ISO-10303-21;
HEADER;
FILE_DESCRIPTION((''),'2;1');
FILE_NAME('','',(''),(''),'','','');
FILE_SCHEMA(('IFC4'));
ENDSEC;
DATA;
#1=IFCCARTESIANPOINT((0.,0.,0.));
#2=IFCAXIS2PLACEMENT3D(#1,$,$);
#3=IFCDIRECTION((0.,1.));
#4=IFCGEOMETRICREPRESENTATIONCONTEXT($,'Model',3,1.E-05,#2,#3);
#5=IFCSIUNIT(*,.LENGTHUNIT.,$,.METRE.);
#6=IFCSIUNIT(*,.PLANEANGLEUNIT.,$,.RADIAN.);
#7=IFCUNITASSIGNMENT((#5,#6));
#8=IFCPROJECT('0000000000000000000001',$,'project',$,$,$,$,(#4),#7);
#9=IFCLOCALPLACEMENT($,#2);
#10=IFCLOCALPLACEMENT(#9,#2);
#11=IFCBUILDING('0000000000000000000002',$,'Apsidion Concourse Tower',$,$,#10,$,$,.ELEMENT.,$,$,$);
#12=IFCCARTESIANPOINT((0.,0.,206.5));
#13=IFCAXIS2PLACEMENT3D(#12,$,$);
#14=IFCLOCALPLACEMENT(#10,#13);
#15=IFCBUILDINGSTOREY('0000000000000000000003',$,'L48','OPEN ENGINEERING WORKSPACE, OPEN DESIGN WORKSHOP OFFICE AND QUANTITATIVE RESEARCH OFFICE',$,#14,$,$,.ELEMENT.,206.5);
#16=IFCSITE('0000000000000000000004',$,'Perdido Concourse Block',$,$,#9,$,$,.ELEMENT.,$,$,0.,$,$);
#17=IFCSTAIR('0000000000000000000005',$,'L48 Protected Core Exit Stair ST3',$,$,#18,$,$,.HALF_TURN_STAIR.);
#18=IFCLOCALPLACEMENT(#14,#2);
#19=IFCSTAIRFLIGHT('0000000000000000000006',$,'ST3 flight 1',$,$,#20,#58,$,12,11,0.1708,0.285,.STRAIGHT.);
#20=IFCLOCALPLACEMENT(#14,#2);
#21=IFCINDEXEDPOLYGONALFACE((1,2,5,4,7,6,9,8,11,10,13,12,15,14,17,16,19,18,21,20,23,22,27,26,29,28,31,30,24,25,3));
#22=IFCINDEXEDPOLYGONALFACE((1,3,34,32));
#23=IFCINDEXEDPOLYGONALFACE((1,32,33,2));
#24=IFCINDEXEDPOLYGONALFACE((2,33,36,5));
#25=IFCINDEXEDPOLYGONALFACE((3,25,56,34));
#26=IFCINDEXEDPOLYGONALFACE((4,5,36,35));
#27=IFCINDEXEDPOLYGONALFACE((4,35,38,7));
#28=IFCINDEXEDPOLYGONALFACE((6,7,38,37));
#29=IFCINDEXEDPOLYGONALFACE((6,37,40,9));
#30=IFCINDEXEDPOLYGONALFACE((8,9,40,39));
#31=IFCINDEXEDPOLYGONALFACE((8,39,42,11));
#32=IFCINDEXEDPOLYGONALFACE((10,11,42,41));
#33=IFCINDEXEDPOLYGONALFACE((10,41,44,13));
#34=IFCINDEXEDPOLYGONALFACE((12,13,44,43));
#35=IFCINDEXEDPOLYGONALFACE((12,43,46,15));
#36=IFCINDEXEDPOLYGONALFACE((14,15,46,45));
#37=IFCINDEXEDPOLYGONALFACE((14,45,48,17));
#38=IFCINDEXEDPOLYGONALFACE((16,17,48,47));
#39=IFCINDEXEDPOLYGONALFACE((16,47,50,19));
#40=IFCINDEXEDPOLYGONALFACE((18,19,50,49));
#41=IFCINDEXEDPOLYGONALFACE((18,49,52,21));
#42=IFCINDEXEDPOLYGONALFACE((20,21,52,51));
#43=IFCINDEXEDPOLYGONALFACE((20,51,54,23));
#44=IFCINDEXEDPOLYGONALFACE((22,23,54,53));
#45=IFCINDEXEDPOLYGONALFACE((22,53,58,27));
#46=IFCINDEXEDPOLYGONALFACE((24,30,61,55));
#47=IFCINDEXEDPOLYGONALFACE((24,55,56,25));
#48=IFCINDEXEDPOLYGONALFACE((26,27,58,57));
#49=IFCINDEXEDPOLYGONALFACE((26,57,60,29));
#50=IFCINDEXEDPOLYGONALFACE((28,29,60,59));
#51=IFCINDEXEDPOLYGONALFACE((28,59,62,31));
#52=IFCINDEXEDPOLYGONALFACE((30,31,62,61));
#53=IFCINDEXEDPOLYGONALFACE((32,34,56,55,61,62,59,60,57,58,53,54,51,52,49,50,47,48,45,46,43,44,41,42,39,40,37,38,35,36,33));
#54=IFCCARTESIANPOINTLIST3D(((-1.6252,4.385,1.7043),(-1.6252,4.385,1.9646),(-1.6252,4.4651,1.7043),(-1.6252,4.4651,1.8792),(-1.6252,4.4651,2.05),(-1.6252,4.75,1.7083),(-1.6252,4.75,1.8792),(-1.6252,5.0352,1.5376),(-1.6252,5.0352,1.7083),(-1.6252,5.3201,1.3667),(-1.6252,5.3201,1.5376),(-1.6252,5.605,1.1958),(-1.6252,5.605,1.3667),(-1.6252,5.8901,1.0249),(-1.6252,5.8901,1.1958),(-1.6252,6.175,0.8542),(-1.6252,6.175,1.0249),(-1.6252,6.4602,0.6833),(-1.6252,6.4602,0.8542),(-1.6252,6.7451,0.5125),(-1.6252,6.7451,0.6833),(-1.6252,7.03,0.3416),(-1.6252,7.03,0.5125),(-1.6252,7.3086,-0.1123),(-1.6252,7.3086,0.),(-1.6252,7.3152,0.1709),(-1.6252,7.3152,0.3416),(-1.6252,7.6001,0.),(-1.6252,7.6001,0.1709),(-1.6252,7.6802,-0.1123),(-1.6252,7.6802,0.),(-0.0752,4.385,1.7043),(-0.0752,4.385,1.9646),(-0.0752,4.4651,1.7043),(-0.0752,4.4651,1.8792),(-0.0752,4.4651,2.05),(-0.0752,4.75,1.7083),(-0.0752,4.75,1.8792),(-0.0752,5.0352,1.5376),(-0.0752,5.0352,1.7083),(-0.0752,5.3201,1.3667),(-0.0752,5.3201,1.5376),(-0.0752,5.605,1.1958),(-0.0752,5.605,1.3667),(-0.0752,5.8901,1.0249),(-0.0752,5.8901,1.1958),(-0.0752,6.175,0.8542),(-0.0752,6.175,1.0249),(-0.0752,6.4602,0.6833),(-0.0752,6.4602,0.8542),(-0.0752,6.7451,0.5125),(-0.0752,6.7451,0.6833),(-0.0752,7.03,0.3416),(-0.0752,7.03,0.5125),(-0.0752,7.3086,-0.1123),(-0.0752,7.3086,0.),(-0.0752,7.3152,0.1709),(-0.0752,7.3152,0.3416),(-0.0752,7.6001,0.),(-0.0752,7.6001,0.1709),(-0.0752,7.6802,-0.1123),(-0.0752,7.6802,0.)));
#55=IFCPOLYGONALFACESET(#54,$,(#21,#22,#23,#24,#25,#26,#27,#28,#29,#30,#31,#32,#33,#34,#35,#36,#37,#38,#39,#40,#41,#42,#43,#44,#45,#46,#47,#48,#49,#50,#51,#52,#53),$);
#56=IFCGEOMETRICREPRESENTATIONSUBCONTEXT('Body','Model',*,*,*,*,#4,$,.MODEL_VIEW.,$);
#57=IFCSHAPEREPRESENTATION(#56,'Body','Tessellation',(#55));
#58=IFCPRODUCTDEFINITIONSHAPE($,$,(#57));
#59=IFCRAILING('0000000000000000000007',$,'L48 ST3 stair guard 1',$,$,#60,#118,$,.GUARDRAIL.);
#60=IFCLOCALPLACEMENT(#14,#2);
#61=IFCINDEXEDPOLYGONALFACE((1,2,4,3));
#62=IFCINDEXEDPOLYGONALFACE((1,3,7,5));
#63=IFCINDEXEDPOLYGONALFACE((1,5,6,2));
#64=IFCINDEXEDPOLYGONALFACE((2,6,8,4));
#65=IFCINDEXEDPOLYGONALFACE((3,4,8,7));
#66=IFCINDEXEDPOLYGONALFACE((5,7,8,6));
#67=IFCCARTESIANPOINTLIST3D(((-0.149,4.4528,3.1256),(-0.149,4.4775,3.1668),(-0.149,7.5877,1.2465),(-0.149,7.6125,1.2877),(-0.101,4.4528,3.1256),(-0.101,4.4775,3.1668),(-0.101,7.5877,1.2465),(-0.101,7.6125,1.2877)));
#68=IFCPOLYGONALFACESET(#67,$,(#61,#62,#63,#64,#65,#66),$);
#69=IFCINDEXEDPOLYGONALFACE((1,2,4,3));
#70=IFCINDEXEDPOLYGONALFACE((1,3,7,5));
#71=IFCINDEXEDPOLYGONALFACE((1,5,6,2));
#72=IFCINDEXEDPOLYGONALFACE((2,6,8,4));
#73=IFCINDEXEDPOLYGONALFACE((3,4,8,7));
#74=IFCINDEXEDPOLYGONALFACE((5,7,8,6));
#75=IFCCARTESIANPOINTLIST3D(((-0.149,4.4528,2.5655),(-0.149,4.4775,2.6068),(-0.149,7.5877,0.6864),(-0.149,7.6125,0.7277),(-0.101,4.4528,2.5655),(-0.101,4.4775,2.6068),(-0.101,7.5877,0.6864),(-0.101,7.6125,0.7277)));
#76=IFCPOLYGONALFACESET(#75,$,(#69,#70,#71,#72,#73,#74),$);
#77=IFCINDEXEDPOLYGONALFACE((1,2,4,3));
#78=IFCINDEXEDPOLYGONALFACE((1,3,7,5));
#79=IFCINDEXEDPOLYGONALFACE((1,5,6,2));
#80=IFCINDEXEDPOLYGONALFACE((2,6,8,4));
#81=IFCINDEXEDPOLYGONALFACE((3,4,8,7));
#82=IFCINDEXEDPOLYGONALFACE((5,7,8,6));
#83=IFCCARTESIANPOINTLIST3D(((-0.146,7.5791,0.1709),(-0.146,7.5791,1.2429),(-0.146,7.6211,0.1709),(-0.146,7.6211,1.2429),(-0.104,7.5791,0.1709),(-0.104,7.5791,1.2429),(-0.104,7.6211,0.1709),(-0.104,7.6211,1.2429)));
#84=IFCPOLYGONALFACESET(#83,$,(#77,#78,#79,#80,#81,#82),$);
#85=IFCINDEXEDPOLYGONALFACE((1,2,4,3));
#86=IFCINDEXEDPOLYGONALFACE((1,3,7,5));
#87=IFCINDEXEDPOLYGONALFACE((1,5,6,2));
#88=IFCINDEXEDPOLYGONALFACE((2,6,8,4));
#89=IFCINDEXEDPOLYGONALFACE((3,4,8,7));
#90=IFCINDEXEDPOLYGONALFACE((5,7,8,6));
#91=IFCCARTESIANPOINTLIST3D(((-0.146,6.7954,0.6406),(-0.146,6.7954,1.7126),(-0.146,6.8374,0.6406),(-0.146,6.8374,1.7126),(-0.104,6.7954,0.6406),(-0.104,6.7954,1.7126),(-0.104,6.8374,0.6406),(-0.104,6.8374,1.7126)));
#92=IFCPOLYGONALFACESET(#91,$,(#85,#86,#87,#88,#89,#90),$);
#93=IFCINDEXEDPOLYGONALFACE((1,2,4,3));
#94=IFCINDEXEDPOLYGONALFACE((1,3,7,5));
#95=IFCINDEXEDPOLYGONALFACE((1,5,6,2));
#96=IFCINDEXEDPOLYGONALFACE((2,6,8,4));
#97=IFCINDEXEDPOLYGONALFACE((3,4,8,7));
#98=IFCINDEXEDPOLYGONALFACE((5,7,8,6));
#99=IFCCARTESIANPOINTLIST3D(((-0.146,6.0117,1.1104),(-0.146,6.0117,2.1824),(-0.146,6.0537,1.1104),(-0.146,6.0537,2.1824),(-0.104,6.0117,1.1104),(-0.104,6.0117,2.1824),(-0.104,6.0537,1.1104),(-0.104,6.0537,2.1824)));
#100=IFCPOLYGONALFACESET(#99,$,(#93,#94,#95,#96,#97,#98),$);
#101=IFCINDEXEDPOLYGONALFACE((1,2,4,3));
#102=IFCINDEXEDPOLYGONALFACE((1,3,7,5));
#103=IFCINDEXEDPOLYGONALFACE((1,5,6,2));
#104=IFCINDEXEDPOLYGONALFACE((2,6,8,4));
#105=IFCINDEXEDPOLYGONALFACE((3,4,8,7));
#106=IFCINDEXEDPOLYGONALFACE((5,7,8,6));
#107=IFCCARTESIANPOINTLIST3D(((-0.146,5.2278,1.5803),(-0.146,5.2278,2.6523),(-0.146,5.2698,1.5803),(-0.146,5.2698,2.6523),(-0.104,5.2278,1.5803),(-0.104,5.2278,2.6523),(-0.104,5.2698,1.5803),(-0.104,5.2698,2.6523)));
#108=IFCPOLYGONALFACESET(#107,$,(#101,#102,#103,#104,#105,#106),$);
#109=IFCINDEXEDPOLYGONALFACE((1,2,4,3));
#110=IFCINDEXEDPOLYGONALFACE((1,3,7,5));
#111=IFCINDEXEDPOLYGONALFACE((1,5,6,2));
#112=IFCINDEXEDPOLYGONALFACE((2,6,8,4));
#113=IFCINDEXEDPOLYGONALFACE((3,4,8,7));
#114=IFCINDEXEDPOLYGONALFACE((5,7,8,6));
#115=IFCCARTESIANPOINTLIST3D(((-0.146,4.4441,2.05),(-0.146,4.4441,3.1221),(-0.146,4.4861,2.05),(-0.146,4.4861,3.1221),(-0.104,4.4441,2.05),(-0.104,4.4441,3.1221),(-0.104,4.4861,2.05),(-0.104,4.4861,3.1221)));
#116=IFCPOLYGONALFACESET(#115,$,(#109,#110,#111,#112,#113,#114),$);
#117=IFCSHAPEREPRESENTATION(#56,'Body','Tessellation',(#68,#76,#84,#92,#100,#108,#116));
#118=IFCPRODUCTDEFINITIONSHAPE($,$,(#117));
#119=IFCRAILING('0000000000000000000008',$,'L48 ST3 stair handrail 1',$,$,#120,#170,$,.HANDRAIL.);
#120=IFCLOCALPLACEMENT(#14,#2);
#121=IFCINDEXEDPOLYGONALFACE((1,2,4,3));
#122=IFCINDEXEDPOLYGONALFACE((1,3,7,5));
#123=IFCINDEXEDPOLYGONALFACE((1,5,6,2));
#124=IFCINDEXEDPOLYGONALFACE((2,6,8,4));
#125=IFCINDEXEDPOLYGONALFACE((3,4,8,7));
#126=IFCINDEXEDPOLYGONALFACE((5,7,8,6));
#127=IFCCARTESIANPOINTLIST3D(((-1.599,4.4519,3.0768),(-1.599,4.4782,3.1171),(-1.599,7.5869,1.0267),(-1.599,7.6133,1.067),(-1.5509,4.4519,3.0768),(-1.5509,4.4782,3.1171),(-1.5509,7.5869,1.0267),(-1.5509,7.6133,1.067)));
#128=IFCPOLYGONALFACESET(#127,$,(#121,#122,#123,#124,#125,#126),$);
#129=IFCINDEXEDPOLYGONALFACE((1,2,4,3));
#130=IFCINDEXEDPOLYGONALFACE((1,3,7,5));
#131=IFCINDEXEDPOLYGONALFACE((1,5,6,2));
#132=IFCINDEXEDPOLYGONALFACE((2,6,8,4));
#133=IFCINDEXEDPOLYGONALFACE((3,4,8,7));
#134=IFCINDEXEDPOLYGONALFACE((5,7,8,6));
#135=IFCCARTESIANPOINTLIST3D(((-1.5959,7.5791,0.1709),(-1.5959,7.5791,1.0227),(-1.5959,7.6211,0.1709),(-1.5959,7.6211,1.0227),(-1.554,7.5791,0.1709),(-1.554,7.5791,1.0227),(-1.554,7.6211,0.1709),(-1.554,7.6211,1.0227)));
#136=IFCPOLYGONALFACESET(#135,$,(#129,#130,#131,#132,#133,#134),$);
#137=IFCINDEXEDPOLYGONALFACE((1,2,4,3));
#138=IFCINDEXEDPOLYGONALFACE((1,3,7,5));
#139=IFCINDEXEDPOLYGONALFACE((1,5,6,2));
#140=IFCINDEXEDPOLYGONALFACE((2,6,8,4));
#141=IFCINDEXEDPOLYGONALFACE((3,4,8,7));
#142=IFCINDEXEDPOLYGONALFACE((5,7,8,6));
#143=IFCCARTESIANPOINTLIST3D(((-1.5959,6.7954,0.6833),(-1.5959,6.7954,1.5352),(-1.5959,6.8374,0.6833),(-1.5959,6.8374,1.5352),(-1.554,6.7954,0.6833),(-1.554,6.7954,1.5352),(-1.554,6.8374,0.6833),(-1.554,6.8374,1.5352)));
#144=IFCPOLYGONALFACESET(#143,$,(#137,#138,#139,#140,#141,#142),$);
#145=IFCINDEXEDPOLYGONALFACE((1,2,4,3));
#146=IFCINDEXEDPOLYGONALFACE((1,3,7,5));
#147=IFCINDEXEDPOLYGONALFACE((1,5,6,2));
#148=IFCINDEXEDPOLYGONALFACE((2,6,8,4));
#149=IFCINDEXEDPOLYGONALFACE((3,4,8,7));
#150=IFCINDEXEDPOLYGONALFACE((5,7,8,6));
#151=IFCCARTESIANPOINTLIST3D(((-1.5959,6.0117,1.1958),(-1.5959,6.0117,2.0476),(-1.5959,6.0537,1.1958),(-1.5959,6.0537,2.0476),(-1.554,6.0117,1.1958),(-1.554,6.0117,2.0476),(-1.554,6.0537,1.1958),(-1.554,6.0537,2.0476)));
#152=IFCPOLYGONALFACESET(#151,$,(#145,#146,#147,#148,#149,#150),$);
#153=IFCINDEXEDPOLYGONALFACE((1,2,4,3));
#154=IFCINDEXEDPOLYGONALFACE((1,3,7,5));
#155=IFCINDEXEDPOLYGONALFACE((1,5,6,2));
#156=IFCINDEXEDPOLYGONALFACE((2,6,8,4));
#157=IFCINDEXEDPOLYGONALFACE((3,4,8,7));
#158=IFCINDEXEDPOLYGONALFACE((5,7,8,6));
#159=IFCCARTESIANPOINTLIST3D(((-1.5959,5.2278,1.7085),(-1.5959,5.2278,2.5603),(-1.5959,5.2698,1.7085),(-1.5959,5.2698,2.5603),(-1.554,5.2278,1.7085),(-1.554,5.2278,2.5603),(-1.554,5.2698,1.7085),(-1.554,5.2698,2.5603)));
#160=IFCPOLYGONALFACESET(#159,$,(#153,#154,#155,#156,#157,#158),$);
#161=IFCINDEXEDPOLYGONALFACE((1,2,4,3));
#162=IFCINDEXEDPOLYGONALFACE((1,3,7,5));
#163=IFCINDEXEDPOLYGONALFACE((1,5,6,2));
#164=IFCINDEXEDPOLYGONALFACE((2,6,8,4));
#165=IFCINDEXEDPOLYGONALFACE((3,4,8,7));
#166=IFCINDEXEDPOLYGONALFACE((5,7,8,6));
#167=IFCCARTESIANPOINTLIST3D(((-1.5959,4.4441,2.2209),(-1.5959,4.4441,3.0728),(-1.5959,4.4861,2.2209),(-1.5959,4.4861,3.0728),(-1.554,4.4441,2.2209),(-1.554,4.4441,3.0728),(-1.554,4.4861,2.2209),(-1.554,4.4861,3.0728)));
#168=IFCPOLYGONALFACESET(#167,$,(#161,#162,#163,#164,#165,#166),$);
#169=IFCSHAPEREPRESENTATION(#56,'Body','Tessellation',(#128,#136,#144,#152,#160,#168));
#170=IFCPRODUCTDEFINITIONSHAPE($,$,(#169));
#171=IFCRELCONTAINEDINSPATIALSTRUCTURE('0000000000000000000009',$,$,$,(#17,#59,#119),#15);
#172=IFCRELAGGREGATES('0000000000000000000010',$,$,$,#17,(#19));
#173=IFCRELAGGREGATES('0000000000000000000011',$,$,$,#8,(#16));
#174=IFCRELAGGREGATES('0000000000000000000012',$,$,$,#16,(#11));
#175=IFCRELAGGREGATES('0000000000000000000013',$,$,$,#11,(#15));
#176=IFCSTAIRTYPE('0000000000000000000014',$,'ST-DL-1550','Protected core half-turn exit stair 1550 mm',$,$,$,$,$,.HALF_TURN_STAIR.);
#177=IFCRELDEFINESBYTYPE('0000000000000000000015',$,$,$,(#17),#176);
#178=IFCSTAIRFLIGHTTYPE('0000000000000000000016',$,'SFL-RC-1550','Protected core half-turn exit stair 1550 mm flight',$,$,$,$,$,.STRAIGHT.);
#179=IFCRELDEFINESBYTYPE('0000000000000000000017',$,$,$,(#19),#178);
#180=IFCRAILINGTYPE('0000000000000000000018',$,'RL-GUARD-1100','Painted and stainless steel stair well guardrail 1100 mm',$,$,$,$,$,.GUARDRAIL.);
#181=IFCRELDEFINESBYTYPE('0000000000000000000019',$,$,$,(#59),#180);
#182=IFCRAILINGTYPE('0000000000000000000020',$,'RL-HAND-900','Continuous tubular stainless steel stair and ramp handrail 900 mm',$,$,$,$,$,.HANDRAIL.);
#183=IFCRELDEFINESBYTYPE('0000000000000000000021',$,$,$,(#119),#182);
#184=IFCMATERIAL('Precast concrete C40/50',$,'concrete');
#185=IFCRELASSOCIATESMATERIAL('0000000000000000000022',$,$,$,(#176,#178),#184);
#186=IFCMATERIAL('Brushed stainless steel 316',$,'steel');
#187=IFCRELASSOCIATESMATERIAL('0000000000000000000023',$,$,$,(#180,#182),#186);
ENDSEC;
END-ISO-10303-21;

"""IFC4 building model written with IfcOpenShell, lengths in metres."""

from ifc_helpers import new_model, si_unit, direction, frame, origin, origin_2d, place, context, subcontext, project, spatial, polyline, rectangle, outline, extrude, material, type_object, element, aggregate, save


model = new_model("IFC4")

# Units and contexts
model_context = context("Model", 3, precision=1e-05, world=origin(), true_north=direction((0.0, 1.0)))
body_context = subcontext(model_context, "Body", "Model", "MODEL_VIEW")
ifc_project = project(units=[si_unit("LENGTHUNIT", "METRE"), si_unit("PLANEANGLEUNIT", "RADIAN")], contexts=[model_context])

# Site, building, storey
site_placement = place(None, origin())
site = spatial("IfcSite", under=ifc_project, at=site_placement, Name="Perdido Concourse Block", CompositionType="ELEMENT", RefElevation=0.0)
building_placement = place(site_placement, origin())
building = spatial("IfcBuilding", under=site, at=building_placement, Name="Apsidion Concourse Tower", CompositionType="ELEMENT")
storey_placement = place(building_placement, frame((0.0, 0.0, 206.5)))
storey = spatial("IfcBuildingStorey", under=building, at=storey_placement, Name="L48", Description="OPEN ENGINEERING WORKSPACE, OPEN DESIGN WORKSHOP OFFICE AND QUANTITATIVE RESEARCH OFFICE", CompositionType="ELEMENT", Elevation=206.5)

# Shared definitions
ifc_material_1 = material(Name="Brushed stainless steel 316", Category="steel")

# Stair, stair flight
ifc_material_2 = material(Name="Precast concrete C40/50", Category="concrete")
stair_type = type_object("IfcStairType", Name="ST-DL-1550", Description="Protected core half-turn exit stair 1550 mm", PredefinedType="HALF_TURN_STAIR", material=ifc_material_2)
stair_placement = place(storey_placement, origin())
stair = element("IfcStair", 1, at=stair_placement, inside=storey, type_object=stair_type, Name="L48 Protected Core Exit Stair ST3", PredefinedType="HALF_TURN_STAIR")
stair_flight_type = type_object("IfcStairFlightType", Name="SFL-RC-1550", Description="Protected core half-turn exit stair 1550 mm flight", PredefinedType="STRAIGHT", material=ifc_material_2)
stair_flight_placement = place(storey_placement, frame((-0.8501, 7.6001, 0.0), z_axis=(0.0, 0.0, 1.0), x_axis=(0.0, -1.0, 0.0)))
stair_flight = element("IfcStairFlight", 2, at=stair_flight_placement, type_object=stair_flight_type, Name="ST3 flight 1", NumberOfRisers=12, NumberOfTreads=11, PredefinedType="STRAIGHT", RiserHeight=0.1708, TreadLength=0.285, context=body_context, shape_type="SweptSolid", body=[
    extrude(outline(polyline([(-0.0801, -0.1123), (-0.0801, 0.0), (0.0, 0.0), (0.0, 0.1709), (0.2849, 0.1709), (0.2849, 0.3416), (0.5701, 0.3416), (0.5701, 0.5125), (0.855, 0.5125), (0.855, 0.6833), (1.1399, 0.6833), (1.1399, 0.8542), (1.425, 0.8542), (1.425, 1.0249), (1.71, 1.0249), (1.71, 1.1958), (1.9951, 1.1958), (1.9951, 1.3667), (2.28, 1.3667), (2.28, 1.5376), (2.5649, 1.5376), (2.5649, 1.7083), (2.8501, 1.7083), (2.8501, 1.8792), (3.135, 1.8792), (3.135, 2.05), (3.2151, 1.9646), (3.2151, 1.7043), (3.135, 1.7043), (0.2915, 0.0), (0.2915, -0.1123), (-0.0801, -0.1123)])), frame((0.0, 0.7749, 0.0), z_axis=(0.0, -1.0, 0.0), x_axis=(1.0, 0.0, 0.0)), (0.0, 0.0, 1.0), 1.55),
])
aggregate(stair, [stair_flight])

# Railings
railing_type_1 = type_object("IfcRailingType", Name="RL-GUARD-1100", Description="Painted and stainless steel stair well guardrail 1100 mm", PredefinedType="GUARDRAIL", material=ifc_material_1)
railing_1_placement = place(storey_placement, frame((-0.125, 7.6001, 0.1709)))
element("IfcRailing", 3, at=railing_1_placement, inside=storey, type_object=railing_type_1, Name="L48 ST3 stair guard 1", PredefinedType="GUARDRAIL", context=body_context, shape_type="SweptSolid", body=[
    extrude(rectangle(XDim=0.0481, YDim=0.0481, at=origin_2d()), frame((0.0, 0.0, 1.0962), z_axis=(0.0, -0.857717, 0.514122), x_axis=(1.0, 0.0, 0.0)), (0.0, 0.0, 1.0), 3.655),
    extrude(rectangle(XDim=0.0481, YDim=0.0481, at=origin_2d()), frame((0.0, 0.0, 0.5361), z_axis=(0.0, -0.857717, 0.514122), x_axis=(1.0, 0.0, 0.0)), (0.0, 0.0, 1.0), 3.655),
    extrude(rectangle(XDim=0.042, YDim=0.042, at=origin_2d()), origin(), (0.0, 0.0, 1.0), 1.072),
    extrude(rectangle(XDim=0.042, YDim=0.042, at=origin_2d()), frame((0.0, -0.7837, 0.4697)), (0.0, 0.0, 1.0), 1.072),
    extrude(rectangle(XDim=0.042, YDim=0.042, at=origin_2d()), frame((0.0, -1.5674, 0.9395)), (0.0, 0.0, 1.0), 1.072),
    extrude(rectangle(XDim=0.042, YDim=0.042, at=origin_2d()), frame((0.0, -2.3513, 1.4094)), (0.0, 0.0, 1.0), 1.072),
    extrude(rectangle(XDim=0.042, YDim=0.042, at=origin_2d()), frame((0.0, -3.135, 1.8792)), (0.0, 0.0, 1.0), 1.072),
])
railing_type_2 = type_object("IfcRailingType", Name="RL-HAND-900", Description="Continuous tubular stainless steel stair and ramp handrail 900 mm", PredefinedType="HANDRAIL", material=ifc_material_1)
railing_2_placement = place(storey_placement, frame((-1.575, 7.6001, 0.1709)))
element("IfcRailing", 4, at=railing_2_placement, inside=storey, type_object=railing_type_2, Name="L48 ST3 stair handrail 1", PredefinedType="HANDRAIL", context=body_context, shape_type="SweptSolid", body=[
    extrude(rectangle(XDim=0.0481, YDim=0.0481, at=origin_2d()), frame((0.0, 0.0, 0.876), z_axis=(0.0, -0.836941, 0.547293), x_axis=(1.0, 0.0, 0.0)), (0.0, 0.0, 1.0), 3.7458),
    extrude(rectangle(XDim=0.042, YDim=0.042, at=origin_2d()), origin(), (0.0, 0.0, 1.0), 0.8518),
    extrude(rectangle(XDim=0.042, YDim=0.042, at=origin_2d()), frame((0.0, -0.7837, 0.5125)), (0.0, 0.0, 1.0), 0.8518),
    extrude(rectangle(XDim=0.042, YDim=0.042, at=origin_2d()), frame((0.0, -1.5674, 1.0249)), (0.0, 0.0, 1.0), 0.8518),
    extrude(rectangle(XDim=0.042, YDim=0.042, at=origin_2d()), frame((0.0, -2.3513, 1.5376)), (0.0, 0.0, 1.0), 0.8518),
    extrude(rectangle(XDim=0.042, YDim=0.042, at=origin_2d()), frame((0.0, -3.135, 2.05)), (0.0, 0.0, 1.0), 0.8518),
])

save(model, "model.ifc")
